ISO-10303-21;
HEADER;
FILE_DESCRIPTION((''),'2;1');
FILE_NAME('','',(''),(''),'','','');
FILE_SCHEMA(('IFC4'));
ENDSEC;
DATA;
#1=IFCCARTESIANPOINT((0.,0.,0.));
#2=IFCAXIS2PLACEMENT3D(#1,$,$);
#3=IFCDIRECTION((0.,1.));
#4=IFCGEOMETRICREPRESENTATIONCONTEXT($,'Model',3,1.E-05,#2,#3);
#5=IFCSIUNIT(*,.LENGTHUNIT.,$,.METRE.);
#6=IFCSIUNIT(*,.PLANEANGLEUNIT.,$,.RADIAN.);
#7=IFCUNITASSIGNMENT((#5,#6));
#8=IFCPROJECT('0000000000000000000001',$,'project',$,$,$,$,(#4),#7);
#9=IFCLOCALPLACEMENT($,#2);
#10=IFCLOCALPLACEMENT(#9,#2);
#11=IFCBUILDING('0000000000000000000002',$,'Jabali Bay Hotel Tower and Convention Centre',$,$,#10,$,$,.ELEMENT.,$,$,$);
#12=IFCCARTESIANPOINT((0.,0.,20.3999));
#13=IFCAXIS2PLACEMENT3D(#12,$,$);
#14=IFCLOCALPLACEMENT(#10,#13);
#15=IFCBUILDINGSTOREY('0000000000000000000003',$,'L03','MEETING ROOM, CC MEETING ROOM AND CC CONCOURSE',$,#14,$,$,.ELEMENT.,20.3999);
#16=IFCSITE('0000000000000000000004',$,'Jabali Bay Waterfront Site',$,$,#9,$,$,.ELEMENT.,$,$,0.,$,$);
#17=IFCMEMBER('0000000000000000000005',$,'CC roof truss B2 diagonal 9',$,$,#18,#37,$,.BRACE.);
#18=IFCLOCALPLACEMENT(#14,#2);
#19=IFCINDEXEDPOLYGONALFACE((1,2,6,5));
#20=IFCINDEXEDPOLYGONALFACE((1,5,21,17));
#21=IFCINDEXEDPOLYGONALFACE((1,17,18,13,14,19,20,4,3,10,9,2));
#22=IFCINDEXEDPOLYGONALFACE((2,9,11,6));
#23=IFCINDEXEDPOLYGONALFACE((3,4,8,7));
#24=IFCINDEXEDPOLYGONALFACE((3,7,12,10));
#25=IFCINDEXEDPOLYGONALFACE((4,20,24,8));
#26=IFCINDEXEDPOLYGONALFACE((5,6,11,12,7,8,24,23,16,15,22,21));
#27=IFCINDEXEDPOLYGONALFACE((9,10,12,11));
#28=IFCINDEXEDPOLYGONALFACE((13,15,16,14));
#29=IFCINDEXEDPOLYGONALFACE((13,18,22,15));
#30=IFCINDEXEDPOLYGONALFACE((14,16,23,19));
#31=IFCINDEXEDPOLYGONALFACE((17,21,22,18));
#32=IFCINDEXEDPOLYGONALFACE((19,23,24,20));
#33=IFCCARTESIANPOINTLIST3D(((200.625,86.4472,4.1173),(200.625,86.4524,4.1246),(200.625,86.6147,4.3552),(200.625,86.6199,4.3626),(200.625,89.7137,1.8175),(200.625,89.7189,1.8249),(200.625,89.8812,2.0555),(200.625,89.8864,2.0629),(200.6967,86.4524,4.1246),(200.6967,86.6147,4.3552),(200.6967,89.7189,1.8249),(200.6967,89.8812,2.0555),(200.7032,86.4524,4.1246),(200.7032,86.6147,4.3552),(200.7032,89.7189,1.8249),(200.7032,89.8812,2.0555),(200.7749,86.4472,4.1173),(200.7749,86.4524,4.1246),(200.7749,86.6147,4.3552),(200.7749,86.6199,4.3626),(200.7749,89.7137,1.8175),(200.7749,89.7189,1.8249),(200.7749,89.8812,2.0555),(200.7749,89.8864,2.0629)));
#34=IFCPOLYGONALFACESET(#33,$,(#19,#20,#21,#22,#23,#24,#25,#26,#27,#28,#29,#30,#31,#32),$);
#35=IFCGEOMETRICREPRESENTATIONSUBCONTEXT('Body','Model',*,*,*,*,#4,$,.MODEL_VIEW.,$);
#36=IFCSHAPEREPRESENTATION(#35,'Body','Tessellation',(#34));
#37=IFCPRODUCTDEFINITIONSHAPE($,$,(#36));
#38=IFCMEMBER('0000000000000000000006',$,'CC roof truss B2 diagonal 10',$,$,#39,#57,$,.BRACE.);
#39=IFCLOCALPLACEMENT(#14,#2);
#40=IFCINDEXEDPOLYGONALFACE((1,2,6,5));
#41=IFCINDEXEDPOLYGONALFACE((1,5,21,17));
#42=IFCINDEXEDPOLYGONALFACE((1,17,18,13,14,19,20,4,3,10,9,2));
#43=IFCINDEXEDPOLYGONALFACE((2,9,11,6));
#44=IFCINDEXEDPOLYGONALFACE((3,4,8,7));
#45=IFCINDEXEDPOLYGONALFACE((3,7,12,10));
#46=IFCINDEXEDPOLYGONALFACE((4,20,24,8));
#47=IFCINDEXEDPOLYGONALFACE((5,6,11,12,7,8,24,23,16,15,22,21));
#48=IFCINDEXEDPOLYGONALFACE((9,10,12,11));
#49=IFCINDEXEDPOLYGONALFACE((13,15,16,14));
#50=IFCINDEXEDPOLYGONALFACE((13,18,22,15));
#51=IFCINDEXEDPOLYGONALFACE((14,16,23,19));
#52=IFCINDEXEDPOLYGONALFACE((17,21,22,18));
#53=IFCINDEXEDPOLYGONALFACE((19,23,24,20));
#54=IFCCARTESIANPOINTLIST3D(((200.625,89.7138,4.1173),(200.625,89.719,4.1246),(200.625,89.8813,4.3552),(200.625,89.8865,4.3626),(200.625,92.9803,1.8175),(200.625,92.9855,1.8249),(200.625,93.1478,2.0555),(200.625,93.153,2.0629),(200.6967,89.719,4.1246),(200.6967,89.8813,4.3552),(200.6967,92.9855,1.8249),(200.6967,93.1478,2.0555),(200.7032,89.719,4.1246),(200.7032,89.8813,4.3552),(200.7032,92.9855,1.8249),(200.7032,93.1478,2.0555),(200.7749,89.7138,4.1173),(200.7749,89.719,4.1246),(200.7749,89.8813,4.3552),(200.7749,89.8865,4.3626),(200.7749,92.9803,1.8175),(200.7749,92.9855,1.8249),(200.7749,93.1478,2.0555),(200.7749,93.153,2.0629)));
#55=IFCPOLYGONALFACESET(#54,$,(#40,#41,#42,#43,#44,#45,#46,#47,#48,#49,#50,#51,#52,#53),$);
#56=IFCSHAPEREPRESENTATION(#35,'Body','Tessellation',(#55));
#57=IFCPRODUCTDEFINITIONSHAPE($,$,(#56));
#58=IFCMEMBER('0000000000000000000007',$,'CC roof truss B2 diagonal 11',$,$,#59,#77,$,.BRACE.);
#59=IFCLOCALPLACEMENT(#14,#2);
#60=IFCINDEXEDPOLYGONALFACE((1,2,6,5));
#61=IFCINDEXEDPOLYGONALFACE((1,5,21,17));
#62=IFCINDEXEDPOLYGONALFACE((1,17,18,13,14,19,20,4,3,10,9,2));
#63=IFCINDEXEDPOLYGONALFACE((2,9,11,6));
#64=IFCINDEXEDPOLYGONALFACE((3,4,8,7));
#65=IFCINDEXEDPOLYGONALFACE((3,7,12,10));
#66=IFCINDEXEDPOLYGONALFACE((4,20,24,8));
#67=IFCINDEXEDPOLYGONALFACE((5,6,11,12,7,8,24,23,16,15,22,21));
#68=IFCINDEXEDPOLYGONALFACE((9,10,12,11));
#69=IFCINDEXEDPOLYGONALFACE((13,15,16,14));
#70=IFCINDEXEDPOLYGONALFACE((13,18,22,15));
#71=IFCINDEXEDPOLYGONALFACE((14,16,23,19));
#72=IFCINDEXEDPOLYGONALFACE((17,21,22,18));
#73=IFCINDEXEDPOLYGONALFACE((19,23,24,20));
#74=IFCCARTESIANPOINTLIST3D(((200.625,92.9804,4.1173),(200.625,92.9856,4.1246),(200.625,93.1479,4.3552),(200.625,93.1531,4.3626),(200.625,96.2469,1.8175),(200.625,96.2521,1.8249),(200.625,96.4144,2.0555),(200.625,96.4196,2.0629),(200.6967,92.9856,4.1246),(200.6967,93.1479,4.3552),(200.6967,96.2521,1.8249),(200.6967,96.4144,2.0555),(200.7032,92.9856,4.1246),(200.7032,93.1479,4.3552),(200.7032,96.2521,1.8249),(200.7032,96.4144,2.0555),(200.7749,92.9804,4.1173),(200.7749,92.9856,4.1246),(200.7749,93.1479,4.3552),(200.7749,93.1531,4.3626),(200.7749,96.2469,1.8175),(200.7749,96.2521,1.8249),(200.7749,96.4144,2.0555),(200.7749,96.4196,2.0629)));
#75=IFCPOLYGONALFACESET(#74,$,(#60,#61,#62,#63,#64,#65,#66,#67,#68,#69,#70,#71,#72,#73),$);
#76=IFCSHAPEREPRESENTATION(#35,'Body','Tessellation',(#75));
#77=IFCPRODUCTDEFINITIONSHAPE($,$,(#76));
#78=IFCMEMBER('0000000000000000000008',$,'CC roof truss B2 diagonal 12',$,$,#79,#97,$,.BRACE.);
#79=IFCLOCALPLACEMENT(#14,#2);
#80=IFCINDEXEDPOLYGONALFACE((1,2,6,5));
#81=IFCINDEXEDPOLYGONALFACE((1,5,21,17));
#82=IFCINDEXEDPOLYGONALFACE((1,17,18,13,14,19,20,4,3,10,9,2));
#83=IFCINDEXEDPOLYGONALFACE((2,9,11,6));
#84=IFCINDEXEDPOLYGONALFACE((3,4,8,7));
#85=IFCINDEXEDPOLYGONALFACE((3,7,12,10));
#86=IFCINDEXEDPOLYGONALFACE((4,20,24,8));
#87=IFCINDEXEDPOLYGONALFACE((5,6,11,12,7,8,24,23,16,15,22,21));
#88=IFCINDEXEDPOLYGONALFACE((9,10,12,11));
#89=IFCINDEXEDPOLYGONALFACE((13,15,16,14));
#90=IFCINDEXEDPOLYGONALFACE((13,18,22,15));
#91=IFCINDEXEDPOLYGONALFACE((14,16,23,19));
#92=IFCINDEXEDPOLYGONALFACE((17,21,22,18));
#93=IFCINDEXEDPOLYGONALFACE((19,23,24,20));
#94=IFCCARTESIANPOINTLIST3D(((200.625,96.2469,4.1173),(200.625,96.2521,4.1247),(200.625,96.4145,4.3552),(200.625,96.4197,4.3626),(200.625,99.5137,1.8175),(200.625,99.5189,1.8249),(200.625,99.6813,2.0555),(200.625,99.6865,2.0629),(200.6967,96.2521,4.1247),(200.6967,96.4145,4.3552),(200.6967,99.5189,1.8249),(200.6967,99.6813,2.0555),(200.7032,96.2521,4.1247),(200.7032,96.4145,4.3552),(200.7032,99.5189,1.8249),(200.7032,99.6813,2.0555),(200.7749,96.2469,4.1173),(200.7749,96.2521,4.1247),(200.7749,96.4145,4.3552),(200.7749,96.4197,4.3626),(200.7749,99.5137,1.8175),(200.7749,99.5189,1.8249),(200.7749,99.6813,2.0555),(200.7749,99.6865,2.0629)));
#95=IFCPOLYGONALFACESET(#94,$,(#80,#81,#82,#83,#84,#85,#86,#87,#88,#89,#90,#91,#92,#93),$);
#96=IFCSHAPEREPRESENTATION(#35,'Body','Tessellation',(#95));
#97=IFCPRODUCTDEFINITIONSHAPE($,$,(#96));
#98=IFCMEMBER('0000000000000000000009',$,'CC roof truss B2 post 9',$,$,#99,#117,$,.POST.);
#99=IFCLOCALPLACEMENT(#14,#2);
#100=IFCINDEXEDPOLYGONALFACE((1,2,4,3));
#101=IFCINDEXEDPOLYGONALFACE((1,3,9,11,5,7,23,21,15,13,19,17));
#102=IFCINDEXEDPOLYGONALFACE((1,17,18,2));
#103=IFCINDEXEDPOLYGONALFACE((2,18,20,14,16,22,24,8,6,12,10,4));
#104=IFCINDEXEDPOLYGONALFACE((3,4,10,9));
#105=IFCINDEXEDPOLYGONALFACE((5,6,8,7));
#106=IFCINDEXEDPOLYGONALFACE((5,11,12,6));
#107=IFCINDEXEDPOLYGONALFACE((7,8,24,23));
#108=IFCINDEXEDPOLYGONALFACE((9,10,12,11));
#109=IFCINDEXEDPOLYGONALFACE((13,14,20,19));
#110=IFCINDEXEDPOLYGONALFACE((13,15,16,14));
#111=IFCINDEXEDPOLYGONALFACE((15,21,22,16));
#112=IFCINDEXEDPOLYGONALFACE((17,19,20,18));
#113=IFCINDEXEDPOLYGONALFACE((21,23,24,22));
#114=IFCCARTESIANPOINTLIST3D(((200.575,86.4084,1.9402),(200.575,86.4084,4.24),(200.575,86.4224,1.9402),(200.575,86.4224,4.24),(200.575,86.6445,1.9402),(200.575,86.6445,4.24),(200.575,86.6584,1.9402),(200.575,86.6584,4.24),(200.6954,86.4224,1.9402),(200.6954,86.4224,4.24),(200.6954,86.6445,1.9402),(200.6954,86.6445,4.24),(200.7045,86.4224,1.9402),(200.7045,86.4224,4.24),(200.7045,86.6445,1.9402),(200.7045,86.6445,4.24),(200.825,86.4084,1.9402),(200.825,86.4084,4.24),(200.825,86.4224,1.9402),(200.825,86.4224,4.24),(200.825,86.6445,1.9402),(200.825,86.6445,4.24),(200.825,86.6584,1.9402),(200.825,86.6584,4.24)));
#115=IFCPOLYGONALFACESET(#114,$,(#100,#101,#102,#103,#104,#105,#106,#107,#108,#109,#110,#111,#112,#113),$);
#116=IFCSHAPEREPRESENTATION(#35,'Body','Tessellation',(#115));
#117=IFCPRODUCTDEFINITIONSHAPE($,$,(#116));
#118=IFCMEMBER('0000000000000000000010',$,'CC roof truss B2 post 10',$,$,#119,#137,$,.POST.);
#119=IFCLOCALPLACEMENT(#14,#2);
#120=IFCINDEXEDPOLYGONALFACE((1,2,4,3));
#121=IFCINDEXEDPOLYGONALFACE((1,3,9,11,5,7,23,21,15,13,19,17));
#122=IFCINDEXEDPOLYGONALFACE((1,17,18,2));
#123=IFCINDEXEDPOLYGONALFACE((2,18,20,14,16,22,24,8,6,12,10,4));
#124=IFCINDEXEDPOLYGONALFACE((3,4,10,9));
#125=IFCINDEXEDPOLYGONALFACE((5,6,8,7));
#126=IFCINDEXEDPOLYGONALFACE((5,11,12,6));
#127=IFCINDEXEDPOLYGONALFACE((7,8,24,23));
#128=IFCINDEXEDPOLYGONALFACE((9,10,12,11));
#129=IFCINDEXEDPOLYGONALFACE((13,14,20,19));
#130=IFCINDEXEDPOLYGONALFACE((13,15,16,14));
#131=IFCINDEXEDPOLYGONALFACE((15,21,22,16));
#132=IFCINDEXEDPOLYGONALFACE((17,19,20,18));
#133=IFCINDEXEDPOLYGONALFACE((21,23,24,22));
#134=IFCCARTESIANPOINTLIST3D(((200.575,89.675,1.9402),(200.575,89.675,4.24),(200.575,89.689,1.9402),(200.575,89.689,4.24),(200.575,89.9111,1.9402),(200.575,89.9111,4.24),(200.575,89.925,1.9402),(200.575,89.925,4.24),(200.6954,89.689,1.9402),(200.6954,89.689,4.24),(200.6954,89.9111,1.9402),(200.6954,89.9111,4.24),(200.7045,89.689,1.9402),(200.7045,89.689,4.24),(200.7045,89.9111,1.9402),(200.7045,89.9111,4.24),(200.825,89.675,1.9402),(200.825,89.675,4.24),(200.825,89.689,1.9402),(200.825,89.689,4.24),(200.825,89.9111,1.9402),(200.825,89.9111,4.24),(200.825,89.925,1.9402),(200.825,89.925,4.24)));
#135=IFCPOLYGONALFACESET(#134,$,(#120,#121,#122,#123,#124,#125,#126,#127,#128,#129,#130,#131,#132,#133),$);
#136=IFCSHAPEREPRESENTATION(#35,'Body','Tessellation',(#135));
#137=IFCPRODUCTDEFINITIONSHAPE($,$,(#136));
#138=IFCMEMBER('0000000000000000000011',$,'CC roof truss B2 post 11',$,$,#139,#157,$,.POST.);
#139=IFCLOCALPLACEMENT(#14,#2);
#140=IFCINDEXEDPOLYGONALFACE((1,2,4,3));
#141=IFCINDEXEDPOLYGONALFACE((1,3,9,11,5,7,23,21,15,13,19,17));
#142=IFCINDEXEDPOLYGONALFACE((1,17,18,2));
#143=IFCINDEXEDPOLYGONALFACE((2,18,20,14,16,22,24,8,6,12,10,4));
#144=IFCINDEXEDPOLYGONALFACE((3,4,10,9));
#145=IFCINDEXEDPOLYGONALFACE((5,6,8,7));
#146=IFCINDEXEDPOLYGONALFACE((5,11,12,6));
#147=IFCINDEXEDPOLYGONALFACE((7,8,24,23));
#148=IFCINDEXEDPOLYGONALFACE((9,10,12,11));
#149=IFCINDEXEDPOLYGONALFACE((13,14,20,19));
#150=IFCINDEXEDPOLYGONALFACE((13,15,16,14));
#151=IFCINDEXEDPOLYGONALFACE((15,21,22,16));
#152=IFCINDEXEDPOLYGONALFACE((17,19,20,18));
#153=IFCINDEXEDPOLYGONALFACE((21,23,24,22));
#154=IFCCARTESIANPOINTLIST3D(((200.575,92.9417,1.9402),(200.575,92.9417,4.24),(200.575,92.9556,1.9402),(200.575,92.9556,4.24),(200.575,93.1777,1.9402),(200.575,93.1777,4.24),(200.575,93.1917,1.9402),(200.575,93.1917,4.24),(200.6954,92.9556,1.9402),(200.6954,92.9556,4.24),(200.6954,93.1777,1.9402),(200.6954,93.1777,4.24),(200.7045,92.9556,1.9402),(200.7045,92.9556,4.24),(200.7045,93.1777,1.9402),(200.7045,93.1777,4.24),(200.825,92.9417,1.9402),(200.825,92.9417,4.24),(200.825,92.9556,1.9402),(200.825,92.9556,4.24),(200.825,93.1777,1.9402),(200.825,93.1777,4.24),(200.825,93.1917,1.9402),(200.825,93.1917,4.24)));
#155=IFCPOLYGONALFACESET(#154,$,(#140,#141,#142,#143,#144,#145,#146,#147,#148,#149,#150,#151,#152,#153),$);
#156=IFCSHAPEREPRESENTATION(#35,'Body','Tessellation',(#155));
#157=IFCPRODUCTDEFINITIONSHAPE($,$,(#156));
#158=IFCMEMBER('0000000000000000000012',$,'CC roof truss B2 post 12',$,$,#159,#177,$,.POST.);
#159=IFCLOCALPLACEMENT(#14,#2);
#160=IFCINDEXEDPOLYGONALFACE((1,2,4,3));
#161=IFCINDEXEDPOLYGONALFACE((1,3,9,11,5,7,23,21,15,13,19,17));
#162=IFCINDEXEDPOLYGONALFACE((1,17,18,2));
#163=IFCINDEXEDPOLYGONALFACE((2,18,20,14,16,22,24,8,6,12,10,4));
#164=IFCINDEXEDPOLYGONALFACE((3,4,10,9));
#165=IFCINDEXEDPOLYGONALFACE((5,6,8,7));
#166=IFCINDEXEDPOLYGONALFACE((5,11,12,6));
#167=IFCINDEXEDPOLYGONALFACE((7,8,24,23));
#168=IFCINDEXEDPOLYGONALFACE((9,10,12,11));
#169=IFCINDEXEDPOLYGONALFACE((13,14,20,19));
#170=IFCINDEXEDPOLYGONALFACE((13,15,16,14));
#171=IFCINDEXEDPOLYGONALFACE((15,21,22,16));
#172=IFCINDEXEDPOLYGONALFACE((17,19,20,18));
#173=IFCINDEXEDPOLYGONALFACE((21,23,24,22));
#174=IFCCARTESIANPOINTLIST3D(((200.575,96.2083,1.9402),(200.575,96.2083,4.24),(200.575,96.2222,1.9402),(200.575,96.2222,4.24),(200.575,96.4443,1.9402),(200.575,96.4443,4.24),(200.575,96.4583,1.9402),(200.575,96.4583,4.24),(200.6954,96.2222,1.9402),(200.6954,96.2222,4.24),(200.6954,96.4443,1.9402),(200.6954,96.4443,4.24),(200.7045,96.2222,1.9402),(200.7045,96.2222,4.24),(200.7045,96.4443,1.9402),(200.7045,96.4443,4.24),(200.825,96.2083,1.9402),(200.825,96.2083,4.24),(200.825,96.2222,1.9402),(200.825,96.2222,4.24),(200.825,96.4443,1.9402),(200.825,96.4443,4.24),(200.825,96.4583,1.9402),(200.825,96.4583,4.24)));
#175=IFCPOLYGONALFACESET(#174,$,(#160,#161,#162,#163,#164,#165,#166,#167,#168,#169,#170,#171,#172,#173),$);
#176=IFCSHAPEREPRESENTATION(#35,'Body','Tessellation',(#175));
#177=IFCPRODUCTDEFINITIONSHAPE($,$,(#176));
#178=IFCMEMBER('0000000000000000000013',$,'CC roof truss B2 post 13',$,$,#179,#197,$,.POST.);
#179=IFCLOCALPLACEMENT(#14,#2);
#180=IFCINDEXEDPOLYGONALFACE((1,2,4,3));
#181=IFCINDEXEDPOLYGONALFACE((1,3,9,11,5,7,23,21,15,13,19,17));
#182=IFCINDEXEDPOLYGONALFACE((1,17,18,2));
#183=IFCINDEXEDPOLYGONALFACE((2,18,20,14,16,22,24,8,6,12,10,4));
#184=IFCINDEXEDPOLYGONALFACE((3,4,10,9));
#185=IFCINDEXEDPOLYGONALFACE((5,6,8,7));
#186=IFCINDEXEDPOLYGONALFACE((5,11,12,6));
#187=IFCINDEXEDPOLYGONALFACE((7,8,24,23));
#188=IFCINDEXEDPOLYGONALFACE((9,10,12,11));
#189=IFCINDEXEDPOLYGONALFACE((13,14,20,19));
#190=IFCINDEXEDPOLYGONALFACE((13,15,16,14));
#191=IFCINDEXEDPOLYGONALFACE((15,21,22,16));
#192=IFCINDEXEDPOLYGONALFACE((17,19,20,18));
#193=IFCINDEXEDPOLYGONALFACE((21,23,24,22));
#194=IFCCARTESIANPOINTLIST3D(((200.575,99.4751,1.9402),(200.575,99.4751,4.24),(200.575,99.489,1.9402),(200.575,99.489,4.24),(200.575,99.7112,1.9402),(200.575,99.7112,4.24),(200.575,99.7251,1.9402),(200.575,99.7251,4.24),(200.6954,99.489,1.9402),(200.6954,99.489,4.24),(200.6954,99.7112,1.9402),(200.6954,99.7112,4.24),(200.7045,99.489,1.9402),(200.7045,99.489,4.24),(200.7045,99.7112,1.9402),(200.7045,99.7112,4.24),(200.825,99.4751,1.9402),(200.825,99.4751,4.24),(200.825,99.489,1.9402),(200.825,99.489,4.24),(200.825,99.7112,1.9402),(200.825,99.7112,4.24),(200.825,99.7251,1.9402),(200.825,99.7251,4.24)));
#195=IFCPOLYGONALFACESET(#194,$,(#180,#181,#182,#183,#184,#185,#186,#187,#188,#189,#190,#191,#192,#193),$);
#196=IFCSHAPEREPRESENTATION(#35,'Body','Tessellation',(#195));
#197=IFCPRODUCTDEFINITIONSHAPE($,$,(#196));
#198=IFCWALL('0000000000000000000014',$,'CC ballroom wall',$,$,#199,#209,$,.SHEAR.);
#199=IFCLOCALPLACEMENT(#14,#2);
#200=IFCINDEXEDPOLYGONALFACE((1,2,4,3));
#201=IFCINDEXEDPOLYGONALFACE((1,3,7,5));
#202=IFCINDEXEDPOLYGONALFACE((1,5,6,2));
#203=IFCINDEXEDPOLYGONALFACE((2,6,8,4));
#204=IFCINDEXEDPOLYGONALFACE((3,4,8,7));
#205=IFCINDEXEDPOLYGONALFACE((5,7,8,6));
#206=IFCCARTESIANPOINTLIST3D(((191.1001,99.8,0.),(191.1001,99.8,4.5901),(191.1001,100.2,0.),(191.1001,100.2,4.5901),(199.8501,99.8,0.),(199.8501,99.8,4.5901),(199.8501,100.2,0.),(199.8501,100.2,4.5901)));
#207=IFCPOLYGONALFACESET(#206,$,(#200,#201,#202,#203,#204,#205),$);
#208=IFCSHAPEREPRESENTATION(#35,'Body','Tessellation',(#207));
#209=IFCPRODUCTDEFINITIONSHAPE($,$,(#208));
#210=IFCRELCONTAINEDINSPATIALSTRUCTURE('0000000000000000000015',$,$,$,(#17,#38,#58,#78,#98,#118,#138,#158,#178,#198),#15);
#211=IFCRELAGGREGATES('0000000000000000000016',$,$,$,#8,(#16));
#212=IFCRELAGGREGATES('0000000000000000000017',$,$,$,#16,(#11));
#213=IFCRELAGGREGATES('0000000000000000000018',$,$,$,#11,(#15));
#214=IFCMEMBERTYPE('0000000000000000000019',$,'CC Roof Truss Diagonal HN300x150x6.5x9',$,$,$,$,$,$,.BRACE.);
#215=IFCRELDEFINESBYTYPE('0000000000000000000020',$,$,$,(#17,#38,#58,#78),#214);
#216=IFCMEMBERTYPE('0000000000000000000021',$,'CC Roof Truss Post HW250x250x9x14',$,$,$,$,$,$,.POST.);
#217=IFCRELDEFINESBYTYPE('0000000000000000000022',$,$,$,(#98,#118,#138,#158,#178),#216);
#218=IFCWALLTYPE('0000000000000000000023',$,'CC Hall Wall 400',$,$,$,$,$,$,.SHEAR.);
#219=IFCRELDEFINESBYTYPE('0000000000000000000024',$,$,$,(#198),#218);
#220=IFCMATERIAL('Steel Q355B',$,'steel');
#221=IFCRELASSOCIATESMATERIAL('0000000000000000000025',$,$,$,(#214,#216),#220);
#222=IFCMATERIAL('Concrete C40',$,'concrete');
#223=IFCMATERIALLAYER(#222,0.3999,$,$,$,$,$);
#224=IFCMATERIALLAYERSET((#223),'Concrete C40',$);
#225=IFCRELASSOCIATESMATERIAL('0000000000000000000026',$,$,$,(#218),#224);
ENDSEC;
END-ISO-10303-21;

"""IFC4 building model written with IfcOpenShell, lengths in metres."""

from ifc_helpers import new_model, si_unit, direction, frame, frame_2d, origin, origin_2d, place, context, subcontext, project, spatial, rectangle, i_section, extrude, material, layer, layer_set, material_profile, profile_set, type_object, element, save


model = new_model("IFC4")

# Units and contexts
model_context = context("Model", 3, precision=1e-05, world=origin(), true_north=direction((0.0, 1.0)))
body_context = subcontext(model_context, "Body", "Model", "MODEL_VIEW")
ifc_project = project(units=[si_unit("LENGTHUNIT", "METRE"), si_unit("PLANEANGLEUNIT", "RADIAN")], contexts=[model_context])

# Site, building, storey
site_placement = place(None, origin())
site = spatial("IfcSite", under=ifc_project, at=site_placement, Name="Jabali Bay Waterfront Site", CompositionType="ELEMENT", RefElevation=0.0)
building_placement = place(site_placement, origin())
building = spatial("IfcBuilding", under=site, at=building_placement, Name="Jabali Bay Hotel Tower and Convention Centre", CompositionType="ELEMENT")
storey_placement = place(building_placement, frame((0.0, 0.0, 20.3999)))
storey = spatial("IfcBuildingStorey", under=building, at=storey_placement, Name="L03", Description="MEETING ROOM, CC MEETING ROOM AND CC CONCOURSE", CompositionType="ELEMENT", Elevation=20.3999)

# Members
ifc_material_1 = material(Name="Steel Q355B", Category="steel")
ifc_material_profile_1 = material_profile(ifc_material_1, i_section(OverallWidth=0.1499, OverallDepth=0.3, WebThickness=0.0066, FlangeThickness=0.009, at=origin_2d()), Name="HN300x150x6.5x9")
ifc_profile_set_1 = profile_set([ifc_material_profile_1], Name="Steel Q355B")
member_type_1 = type_object("IfcMemberType", Name="CC Roof Truss Diagonal HN300x150x6.5x9", PredefinedType="BRACE", material=ifc_profile_set_1)
for number, where, z_axis, x_axis, name in (
    (1, (200.7, 89.8, 1.9402), (0.0, -0.817679, 0.575675), (1.0, 0.0, 0.0), "CC roof truss B2 diagonal 9"),
    (2, (200.7, 93.0667, 1.9402), (0.0, -0.817679, 0.575675), (1.0, 0.0, 0.0), "CC roof truss B2 diagonal 10"),
    (3, (200.7, 96.3333, 1.9402), (0.0, -0.817679, 0.575675), (1.0, 0.0, 0.0), "CC roof truss B2 diagonal 11"),
):
    element("IfcMember", number, at=place(storey_placement, frame(where, z_axis=z_axis, x_axis=x_axis)), inside=storey, type_object=member_type_1, Name=name, PredefinedType="BRACE", context=body_context, shape_type="SweptSolid", body=[
        extrude(i_section(OverallWidth=0.1499, OverallDepth=0.3, WebThickness=0.0066, FlangeThickness=0.009, at=origin_2d()), origin(), (0.0, 0.0, 1.0), 3.9949),
    ])
member_1_placement = place(storey_placement, frame((200.7, 99.6001, 1.9402), z_axis=(0.0, -0.817699, 0.575646), x_axis=(1.0, 0.0, 0.0)))
element("IfcMember", 4, at=member_1_placement, inside=storey, type_object=member_type_1, Name="CC roof truss B2 diagonal 12", PredefinedType="BRACE", context=body_context, shape_type="SweptSolid", body=[
    extrude(i_section(OverallWidth=0.1499, OverallDepth=0.3, WebThickness=0.0066, FlangeThickness=0.009, at=origin_2d()), origin(), (0.0, 0.0, 1.0), 3.9951),
])
ifc_material_profile_2 = material_profile(ifc_material_1, i_section(OverallWidth=0.25, OverallDepth=0.25, WebThickness=0.009, FlangeThickness=0.0139, at=origin_2d()), Name="HW250x250x9x14")
ifc_profile_set_2 = profile_set([ifc_material_profile_2], Name="Steel Q355B")
member_type_2 = type_object("IfcMemberType", Name="CC Roof Truss Post HW250x250x9x14", PredefinedType="POST", material=ifc_profile_set_2)
for number, where, z_axis, x_axis, name in (
    (5, (200.7, 86.5334, 1.9402), (0.0, 0.0, 1.0), (1.0, 0.0, 0.0), "CC roof truss B2 post 9"),
    (6, (200.7, 89.8, 1.9402), (0.0, 0.0, 1.0), (1.0, 0.0, 0.0), "CC roof truss B2 post 10"),
    (7, (200.7, 93.0667, 1.9402), (0.0, 0.0, 1.0), (1.0, 0.0, 0.0), "CC roof truss B2 post 11"),
    (8, (200.7, 96.3333, 1.9402), (0.0, 0.0, 1.0), (1.0, 0.0, 0.0), "CC roof truss B2 post 12"),
    (9, (200.7, 99.6001, 1.9402), (0.0, 0.0, 1.0), (1.0, 0.0, 0.0), "CC roof truss B2 post 13"),
):
    element("IfcMember", number, at=place(storey_placement, frame(where, z_axis=z_axis, x_axis=x_axis)), inside=storey, type_object=member_type_2, Name=name, PredefinedType="POST", context=body_context, shape_type="SweptSolid", body=[
        extrude(i_section(OverallWidth=0.25, OverallDepth=0.25, WebThickness=0.009, FlangeThickness=0.0139, at=origin_2d()), origin(), (0.0, 0.0, 1.0), 2.2998),
    ])

# Wall
ifc_material_2 = material(Name="Concrete C40", Category="concrete")
ifc_layer_1 = layer(ifc_material_2, 0.3999)
ifc_layer_set_1 = layer_set([ifc_layer_1], Name="Concrete C40")
wall_type_1 = type_object("IfcWallType", Name="CC Hall Wall 400", PredefinedType="SHEAR", material=ifc_layer_set_1)
wall_1_placement = place(storey_placement, frame((191.1001, 100.0, 0.0), z_axis=(0.0, 0.0, 1.0), x_axis=(1.0, 0.0, 0.0)))
element("IfcWall", 10, at=wall_1_placement, inside=storey, type_object=wall_type_1, Name="CC ballroom wall", PredefinedType="SHEAR", context=body_context, shape_type="SweptSolid", body=[
    extrude(rectangle(XDim=8.75, YDim=0.3999, at=frame_2d((4.375, 0.0))), origin(), (0.0, 0.0, 1.0), 4.5901),
])

save(model, "model.ifc")
